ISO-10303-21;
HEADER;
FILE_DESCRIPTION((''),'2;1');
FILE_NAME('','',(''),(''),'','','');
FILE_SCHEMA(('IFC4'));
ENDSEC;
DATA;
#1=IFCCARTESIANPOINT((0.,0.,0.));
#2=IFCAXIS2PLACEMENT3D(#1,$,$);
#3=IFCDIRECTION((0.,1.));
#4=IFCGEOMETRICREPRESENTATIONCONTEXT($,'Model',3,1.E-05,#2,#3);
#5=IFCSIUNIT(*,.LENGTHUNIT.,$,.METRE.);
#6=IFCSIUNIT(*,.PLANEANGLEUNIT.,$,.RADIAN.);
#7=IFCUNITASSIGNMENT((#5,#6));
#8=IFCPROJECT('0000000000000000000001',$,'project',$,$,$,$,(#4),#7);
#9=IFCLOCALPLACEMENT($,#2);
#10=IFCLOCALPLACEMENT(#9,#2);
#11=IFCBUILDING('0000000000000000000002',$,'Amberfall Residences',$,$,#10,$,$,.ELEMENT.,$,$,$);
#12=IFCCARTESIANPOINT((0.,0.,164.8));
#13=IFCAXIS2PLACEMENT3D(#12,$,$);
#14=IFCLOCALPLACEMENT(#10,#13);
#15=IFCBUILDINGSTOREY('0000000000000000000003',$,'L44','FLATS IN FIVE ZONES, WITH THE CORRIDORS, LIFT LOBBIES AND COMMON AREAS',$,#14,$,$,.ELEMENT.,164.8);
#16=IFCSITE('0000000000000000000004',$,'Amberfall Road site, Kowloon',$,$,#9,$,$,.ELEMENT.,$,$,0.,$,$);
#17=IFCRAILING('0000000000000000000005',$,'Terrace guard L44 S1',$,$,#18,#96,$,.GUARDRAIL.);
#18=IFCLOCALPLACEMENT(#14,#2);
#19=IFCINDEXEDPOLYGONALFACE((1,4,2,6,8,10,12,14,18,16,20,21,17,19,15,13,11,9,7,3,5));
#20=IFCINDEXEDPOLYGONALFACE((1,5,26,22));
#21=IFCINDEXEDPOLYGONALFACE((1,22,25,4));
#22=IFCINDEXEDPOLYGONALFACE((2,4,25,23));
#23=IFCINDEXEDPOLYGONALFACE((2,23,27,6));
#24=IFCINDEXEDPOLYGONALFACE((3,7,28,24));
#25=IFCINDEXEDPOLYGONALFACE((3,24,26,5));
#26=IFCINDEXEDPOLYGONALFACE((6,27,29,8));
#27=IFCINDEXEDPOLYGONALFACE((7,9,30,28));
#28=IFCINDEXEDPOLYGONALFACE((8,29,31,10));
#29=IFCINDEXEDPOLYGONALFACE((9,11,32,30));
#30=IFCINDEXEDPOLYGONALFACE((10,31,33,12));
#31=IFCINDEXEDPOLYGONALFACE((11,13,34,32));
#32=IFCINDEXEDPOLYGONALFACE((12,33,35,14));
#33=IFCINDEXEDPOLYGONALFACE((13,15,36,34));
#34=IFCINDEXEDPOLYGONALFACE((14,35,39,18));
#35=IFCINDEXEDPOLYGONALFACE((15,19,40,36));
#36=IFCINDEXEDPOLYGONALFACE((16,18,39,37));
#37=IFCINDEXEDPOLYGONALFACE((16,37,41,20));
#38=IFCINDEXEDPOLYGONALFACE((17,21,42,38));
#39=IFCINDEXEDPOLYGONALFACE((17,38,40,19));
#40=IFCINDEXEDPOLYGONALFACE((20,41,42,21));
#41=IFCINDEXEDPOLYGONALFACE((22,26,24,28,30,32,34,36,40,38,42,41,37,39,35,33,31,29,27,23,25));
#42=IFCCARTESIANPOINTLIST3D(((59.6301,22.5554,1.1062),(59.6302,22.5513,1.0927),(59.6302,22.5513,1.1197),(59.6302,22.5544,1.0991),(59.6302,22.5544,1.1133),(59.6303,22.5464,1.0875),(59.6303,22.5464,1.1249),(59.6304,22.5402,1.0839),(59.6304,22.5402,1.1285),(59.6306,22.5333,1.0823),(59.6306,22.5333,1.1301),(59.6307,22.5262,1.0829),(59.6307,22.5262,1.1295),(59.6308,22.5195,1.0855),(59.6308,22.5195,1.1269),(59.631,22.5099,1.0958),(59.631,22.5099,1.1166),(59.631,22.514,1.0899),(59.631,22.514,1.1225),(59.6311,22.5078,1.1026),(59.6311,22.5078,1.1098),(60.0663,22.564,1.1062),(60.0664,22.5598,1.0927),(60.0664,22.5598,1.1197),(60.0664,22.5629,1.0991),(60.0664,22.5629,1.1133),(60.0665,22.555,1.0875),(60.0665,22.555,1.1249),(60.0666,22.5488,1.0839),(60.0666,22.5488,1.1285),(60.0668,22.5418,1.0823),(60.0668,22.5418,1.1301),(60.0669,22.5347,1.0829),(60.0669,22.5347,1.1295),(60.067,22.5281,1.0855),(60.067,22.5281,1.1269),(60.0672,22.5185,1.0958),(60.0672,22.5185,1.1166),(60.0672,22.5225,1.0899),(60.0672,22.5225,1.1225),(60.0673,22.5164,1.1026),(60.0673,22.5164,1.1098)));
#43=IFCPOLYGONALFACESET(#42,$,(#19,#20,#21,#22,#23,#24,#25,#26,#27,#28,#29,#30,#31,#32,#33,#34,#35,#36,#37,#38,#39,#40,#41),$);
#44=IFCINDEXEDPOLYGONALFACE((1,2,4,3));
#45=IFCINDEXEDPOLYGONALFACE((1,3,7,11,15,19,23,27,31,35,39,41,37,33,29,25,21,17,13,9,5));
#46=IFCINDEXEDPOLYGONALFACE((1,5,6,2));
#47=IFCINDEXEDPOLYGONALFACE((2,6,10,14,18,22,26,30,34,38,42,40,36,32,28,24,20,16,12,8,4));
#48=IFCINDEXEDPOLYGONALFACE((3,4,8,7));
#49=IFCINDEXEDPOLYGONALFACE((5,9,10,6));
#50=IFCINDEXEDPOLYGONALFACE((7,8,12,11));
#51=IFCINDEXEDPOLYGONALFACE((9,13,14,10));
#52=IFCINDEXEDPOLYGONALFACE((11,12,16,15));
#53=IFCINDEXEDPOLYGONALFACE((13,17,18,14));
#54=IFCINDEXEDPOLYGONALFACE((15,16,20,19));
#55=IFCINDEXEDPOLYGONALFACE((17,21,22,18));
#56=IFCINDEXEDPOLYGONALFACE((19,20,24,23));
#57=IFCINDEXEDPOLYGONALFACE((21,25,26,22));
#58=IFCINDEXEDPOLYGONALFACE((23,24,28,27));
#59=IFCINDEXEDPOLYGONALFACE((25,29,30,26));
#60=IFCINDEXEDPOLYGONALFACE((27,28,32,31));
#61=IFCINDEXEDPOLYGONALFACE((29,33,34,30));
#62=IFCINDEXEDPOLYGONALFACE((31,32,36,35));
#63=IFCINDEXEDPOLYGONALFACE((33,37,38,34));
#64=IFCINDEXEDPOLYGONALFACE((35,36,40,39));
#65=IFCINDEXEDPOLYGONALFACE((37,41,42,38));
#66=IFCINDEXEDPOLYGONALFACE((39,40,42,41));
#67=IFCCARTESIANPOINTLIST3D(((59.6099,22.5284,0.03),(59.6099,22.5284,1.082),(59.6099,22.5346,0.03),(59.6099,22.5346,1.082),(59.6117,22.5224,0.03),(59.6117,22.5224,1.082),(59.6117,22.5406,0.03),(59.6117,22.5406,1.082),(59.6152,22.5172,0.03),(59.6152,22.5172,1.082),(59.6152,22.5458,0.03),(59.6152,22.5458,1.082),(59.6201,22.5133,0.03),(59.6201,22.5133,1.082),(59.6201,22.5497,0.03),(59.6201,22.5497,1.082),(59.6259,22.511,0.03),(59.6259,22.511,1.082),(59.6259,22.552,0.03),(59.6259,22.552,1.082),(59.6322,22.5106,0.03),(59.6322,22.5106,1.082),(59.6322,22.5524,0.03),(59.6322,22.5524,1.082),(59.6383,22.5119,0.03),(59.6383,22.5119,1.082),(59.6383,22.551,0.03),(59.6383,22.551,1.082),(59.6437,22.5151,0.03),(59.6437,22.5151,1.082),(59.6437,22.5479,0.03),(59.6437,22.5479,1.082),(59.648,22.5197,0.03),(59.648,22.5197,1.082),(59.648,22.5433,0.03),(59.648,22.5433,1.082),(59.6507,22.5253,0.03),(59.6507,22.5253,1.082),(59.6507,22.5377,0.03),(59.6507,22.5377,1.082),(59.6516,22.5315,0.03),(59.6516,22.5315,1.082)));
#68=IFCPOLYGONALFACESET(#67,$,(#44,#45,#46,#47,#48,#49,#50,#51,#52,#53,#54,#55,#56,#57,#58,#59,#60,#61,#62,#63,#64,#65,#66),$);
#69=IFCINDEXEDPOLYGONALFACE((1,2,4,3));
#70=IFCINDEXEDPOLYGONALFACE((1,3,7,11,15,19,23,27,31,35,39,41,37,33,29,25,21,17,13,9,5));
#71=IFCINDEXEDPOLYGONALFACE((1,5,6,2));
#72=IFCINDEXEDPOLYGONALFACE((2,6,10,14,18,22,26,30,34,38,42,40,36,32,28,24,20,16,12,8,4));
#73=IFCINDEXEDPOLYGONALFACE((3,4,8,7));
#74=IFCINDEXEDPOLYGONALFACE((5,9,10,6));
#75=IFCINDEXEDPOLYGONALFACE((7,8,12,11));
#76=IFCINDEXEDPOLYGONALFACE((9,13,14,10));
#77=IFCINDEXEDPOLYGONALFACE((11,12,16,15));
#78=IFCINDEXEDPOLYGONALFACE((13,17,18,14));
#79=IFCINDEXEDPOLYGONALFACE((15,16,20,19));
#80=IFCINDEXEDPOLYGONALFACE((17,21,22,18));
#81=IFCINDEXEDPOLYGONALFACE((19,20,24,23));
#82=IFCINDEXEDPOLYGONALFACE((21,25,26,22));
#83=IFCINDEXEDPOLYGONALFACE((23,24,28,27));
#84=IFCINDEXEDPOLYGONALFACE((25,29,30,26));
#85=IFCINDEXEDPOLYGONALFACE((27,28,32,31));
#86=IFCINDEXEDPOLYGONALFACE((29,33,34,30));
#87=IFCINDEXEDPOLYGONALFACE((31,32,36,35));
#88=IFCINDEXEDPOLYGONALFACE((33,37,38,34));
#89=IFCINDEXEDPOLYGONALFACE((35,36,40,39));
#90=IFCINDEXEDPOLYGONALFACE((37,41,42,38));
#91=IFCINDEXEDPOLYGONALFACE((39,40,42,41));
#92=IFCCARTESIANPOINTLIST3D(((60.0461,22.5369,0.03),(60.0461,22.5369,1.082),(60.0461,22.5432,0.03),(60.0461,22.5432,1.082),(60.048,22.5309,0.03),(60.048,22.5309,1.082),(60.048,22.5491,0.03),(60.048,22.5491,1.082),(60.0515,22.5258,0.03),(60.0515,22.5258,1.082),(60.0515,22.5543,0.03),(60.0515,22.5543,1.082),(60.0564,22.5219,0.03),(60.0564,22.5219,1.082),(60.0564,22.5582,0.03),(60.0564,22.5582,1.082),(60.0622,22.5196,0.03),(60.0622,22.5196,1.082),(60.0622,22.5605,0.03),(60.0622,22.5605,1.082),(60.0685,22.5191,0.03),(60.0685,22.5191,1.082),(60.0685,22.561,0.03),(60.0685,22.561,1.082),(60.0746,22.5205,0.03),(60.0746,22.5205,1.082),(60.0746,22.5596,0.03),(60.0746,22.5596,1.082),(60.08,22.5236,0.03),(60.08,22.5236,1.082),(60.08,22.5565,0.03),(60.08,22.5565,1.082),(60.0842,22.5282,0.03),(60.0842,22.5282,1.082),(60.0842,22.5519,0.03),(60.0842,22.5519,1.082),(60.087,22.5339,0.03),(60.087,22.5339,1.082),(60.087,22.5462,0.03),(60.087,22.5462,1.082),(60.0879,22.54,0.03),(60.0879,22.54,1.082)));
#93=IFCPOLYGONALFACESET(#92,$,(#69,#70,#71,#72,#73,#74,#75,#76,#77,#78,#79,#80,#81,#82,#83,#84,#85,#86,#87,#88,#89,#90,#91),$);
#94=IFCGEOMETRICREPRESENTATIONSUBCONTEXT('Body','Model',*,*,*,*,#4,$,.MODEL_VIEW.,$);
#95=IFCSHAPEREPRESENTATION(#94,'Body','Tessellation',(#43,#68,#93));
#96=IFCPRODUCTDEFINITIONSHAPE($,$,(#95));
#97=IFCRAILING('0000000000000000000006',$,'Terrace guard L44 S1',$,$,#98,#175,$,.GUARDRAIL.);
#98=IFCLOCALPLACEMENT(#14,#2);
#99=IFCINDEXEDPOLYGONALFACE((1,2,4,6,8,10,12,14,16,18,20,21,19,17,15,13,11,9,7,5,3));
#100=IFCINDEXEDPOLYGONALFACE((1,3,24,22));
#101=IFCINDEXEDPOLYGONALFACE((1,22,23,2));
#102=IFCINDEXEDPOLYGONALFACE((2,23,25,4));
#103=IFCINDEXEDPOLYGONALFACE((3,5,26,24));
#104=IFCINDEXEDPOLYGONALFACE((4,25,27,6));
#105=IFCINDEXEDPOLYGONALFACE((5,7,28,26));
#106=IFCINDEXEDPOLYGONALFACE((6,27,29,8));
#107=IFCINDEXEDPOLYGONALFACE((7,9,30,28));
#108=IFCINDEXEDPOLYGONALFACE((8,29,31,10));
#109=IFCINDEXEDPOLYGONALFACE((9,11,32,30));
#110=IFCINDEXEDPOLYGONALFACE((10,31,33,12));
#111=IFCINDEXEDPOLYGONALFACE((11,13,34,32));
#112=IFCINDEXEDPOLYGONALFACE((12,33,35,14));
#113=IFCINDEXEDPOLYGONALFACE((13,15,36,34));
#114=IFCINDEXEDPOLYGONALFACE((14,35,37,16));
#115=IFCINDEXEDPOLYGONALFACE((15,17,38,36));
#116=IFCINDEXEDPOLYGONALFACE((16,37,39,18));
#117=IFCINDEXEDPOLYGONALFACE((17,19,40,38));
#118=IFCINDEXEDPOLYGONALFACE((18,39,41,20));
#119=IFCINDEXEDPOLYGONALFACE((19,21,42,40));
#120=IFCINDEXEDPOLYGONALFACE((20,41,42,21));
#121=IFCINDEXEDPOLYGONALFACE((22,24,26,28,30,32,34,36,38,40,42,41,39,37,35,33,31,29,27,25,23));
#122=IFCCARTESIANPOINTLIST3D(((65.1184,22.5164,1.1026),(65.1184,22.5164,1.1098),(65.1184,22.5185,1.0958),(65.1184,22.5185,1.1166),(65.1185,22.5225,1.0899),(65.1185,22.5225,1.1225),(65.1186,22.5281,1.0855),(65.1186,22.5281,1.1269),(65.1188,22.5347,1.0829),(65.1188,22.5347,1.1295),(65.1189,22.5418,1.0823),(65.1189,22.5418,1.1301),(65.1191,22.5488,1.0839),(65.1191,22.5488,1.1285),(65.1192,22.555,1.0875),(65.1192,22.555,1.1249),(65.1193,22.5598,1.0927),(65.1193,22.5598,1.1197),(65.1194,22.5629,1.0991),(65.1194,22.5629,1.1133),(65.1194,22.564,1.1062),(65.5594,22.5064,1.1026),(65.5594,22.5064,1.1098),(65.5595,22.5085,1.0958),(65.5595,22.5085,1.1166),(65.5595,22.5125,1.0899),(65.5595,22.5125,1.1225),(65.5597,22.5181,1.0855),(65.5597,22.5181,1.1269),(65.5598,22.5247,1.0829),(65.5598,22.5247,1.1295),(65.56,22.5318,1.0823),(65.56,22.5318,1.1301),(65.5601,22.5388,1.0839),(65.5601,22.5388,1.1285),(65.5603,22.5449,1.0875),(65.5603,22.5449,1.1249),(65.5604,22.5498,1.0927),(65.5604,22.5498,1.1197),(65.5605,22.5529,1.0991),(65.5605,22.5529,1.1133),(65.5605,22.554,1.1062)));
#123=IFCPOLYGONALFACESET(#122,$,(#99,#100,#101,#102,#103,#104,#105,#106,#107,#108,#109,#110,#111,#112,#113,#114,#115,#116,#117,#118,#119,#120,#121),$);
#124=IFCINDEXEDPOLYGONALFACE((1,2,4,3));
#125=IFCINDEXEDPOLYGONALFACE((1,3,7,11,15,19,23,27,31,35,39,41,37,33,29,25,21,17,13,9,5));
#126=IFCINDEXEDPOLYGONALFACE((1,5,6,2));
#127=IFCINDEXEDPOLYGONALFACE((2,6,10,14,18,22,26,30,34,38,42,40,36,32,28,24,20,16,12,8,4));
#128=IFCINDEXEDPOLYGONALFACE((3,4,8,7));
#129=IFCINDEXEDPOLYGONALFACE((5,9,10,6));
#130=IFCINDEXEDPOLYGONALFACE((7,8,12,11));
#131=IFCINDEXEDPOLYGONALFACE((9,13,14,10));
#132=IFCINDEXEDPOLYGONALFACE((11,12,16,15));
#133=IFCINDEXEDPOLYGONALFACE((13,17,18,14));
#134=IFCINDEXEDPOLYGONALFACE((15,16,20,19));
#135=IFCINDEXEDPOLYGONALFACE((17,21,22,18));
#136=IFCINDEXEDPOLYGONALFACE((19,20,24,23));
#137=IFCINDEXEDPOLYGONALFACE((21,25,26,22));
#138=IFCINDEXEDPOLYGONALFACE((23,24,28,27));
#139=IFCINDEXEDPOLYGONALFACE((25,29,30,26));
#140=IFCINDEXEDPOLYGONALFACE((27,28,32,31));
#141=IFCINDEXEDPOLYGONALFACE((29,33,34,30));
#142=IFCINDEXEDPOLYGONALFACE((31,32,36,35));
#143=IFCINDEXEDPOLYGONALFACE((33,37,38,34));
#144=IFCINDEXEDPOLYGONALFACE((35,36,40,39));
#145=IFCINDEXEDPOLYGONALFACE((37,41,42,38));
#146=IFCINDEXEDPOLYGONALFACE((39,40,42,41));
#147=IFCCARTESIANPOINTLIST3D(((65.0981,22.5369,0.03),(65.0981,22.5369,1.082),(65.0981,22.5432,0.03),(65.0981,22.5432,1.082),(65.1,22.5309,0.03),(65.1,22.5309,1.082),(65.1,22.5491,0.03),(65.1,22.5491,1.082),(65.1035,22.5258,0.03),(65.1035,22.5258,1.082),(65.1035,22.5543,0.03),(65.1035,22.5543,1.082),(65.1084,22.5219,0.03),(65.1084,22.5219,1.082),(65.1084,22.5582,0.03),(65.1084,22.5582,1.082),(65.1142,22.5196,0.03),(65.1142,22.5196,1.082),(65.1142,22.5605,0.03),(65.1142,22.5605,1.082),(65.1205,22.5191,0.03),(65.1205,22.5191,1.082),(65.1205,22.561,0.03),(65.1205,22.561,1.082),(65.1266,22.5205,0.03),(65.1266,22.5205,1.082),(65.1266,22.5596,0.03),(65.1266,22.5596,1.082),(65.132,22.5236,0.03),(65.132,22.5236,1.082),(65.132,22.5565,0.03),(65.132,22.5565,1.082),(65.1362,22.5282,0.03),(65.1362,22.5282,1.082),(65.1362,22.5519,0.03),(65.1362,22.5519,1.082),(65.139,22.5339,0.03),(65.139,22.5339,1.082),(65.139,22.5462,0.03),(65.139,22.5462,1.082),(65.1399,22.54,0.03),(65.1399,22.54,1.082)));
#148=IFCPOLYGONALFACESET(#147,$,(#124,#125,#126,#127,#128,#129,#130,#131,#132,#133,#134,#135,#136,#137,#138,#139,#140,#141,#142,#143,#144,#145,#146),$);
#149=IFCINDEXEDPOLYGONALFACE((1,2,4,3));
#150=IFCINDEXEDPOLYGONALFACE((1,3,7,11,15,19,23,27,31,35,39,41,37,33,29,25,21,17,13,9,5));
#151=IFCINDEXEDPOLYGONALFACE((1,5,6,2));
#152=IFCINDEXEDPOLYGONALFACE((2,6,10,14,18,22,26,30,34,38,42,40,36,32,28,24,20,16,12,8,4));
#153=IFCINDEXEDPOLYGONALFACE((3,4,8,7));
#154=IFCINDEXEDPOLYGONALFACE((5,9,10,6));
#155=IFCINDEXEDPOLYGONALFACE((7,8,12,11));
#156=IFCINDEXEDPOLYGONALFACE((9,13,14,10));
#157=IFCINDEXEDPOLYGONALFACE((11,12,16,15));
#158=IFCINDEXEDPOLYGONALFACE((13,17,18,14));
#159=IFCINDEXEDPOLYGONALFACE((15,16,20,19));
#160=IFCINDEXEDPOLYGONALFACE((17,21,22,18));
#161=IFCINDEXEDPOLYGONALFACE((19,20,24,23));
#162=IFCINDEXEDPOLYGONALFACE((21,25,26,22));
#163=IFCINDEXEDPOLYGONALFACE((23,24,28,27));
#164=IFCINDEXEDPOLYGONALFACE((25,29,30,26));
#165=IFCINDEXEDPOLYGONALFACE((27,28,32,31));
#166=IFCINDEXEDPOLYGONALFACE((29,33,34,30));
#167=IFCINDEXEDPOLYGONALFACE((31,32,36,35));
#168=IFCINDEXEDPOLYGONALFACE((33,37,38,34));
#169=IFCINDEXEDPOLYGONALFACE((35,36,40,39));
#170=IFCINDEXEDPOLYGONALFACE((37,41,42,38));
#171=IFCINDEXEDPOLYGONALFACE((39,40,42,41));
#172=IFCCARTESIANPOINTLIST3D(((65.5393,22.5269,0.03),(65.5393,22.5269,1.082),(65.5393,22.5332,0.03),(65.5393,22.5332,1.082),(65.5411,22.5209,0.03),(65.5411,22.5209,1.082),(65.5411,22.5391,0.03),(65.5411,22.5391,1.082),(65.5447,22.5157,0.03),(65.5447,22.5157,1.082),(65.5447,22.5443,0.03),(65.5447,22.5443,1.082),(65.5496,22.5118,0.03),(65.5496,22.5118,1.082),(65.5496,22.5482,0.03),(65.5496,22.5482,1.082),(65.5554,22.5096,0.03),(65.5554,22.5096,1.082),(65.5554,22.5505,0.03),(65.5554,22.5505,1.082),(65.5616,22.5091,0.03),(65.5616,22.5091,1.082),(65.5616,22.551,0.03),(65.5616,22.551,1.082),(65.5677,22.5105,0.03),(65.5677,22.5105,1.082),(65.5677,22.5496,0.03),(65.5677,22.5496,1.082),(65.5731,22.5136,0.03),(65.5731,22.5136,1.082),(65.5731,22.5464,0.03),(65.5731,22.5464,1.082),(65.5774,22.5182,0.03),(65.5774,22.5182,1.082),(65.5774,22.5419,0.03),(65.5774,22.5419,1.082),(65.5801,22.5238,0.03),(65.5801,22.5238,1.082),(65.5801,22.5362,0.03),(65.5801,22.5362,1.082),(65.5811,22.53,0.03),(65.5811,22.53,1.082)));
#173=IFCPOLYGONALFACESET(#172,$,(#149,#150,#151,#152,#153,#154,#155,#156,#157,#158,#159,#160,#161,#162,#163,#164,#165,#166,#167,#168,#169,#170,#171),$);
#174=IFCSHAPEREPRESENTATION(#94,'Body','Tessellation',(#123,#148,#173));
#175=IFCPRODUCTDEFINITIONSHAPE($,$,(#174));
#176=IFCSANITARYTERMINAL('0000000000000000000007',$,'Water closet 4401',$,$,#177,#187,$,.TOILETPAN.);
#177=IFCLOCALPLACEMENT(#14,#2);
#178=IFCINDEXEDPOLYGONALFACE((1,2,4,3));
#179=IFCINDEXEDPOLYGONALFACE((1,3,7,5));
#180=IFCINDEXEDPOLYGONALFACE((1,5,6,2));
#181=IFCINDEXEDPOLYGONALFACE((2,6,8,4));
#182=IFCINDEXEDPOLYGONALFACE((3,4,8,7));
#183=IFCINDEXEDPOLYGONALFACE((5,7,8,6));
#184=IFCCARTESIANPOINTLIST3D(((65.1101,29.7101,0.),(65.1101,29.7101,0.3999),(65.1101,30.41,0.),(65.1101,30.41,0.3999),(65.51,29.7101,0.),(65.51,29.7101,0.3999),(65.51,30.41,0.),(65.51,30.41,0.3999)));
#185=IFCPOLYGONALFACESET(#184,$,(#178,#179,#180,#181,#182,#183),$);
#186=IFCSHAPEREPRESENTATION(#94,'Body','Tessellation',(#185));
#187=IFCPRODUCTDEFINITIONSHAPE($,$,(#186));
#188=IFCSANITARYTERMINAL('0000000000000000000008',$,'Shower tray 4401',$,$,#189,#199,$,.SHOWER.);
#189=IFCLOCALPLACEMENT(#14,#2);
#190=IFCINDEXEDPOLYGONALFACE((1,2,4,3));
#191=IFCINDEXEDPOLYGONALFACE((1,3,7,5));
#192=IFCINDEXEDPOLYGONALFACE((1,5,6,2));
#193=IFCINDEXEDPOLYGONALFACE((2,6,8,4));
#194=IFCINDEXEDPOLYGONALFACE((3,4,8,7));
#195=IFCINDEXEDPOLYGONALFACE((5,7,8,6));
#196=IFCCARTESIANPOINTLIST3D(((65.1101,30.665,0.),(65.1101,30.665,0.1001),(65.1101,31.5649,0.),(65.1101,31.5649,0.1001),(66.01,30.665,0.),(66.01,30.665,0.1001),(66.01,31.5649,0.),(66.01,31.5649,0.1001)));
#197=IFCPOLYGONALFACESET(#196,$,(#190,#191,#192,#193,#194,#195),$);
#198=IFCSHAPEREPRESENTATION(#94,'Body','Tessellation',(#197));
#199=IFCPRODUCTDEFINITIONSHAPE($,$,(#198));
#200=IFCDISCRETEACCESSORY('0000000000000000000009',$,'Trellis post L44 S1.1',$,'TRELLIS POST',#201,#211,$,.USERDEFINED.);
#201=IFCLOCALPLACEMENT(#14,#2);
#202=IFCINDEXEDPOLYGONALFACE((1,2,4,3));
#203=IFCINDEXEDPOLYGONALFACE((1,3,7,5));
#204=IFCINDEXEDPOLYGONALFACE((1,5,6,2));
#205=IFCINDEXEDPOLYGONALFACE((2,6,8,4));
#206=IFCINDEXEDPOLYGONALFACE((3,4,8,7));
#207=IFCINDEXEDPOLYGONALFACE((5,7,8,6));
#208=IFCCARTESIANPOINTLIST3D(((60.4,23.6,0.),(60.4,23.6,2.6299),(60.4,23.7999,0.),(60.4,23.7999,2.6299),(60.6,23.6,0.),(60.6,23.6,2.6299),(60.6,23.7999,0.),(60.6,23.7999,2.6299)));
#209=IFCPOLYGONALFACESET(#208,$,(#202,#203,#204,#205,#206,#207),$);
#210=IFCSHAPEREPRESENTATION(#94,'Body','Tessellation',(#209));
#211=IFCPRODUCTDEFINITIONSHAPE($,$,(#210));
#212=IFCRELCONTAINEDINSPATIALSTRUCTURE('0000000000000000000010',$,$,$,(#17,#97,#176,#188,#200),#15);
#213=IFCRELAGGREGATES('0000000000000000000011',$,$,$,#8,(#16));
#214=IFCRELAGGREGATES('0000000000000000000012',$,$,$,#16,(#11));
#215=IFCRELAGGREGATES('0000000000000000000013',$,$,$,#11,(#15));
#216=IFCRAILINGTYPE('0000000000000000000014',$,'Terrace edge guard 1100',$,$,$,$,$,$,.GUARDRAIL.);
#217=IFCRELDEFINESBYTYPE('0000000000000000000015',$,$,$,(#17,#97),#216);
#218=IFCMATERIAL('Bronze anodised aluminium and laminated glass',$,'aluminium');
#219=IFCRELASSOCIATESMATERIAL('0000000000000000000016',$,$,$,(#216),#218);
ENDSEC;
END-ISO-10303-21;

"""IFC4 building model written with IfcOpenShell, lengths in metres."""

from ifc_helpers import new_model, si_unit, direction, frame, origin, origin_2d, place, context, subcontext, project, spatial, rectangle, circle, extrude, material, type_object, element, save


model = new_model("IFC4")

# Units and contexts
model_context = context("Model", 3, precision=1e-05, world=origin(), true_north=direction((0.0, 1.0)))
body_context = subcontext(model_context, "Body", "Model", "MODEL_VIEW")
ifc_project = project(units=[si_unit("LENGTHUNIT", "METRE"), si_unit("PLANEANGLEUNIT", "RADIAN")], contexts=[model_context])

# Site, building, storey
site_placement = place(None, origin())
site = spatial("IfcSite", under=ifc_project, at=site_placement, Name="Amberfall Road site, Kowloon", CompositionType="ELEMENT", RefElevation=0.0)
building_placement = place(site_placement, origin())
building = spatial("IfcBuilding", under=site, at=building_placement, Name="Amberfall Residences", CompositionType="ELEMENT")
storey_placement = place(building_placement, frame((0.0, 0.0, 164.8)))
storey = spatial("IfcBuildingStorey", under=building, at=storey_placement, Name="L44", Description="FLATS IN FIVE ZONES, WITH THE CORRIDORS, LIFT LOBBIES AND COMMON AREAS", CompositionType="ELEMENT", Elevation=164.8)

# Railings
ifc_material_1 = material(Name="Bronze anodised aluminium and laminated glass", Category="aluminium")
railing_type = type_object("IfcRailingType", Name="Terrace edge guard 1100", PredefinedType="GUARDRAIL", material=ifc_material_1)
railing_1_placement = place(storey_placement, frame((59.6306, 22.5315, 0.03)))
element("IfcRailing", 1, at=railing_1_placement, inside=storey, type_object=railing_type, Name="Terrace guard L44 S1", PredefinedType="GUARDRAIL", context=body_context, shape_type="SweptSolid", body=[
    extrude(circle(Radius=0.0239, at=origin_2d()), frame((0.0, 0.0, 1.0762), z_axis=(0.999808, 0.019582, 0.0), x_axis=(-0.019582, 0.999808, 0.0)), (0.0, 0.0, 1.0), 0.4363),
    extrude(circle(Radius=0.021, at=origin_2d()), origin(), (0.0, 0.0, 1.0), 1.052),
    extrude(circle(Radius=0.021, at=origin_2d()), frame((0.4363, 0.0085, 0.0)), (0.0, 0.0, 1.0), 1.052),
])
railing_2_placement = place(storey_placement, frame((65.1189, 22.54, 0.03)))
element("IfcRailing", 2, at=railing_2_placement, inside=storey, type_object=railing_type, Name="Terrace guard L44 S1", PredefinedType="GUARDRAIL", context=body_context, shape_type="SweptSolid", body=[
    extrude(circle(Radius=0.0239, at=origin_2d()), frame((0.0, 0.0, 1.0762), z_axis=(0.999743, -0.022684, 0.0), x_axis=(0.022684, 0.999743, 0.0)), (0.0, 0.0, 1.0), 0.4412),
    extrude(circle(Radius=0.021, at=origin_2d()), origin(), (0.0, 0.0, 1.0), 1.052),
    extrude(circle(Radius=0.021, at=origin_2d()), frame((0.4412, -0.01, 0.0)), (0.0, 0.0, 1.0), 1.052),
])

# Sanitary terminals
sanitary_terminal_1_placement = place(storey_placement, frame((65.3101, 30.0601, 0.0), z_axis=(0.0, 0.0, 1.0), x_axis=(1.0, 0.0, 0.0)))
element("IfcSanitaryTerminal", 3, at=sanitary_terminal_1_placement, inside=storey, Name="Water closet 4401", PredefinedType="TOILETPAN", context=body_context, shape_type="SweptSolid", body=[
    extrude(rectangle(XDim=0.3999, YDim=0.7, at=origin_2d()), origin(), (0.0, 0.0, 1.0), 0.3999),
])
sanitary_terminal_2_placement = place(storey_placement, frame((65.5601, 31.115, 0.0), z_axis=(0.0, 0.0, 1.0), x_axis=(1.0, 0.0, 0.0)))
element("IfcSanitaryTerminal", 4, at=sanitary_terminal_2_placement, inside=storey, Name="Shower tray 4401", PredefinedType="SHOWER", context=body_context, shape_type="SweptSolid", body=[
    extrude(rectangle(XDim=0.8999, YDim=0.8999, at=origin_2d()), origin(), (0.0, 0.0, 1.0), 0.1001),
])

# Discrete accessory
for number, where, z_axis, x_axis, name in (
    (5, (60.5, 23.7, 0.0), (0.0, 0.0, 1.0), (1.0, 0.0, 0.0), "Trellis post L44 S1.1"),
):
    element("IfcDiscreteAccessory", number, at=place(storey_placement, frame(where, z_axis=z_axis, x_axis=x_axis)), inside=storey, Name=name, ObjectType="TRELLIS POST", PredefinedType="USERDEFINED", context=body_context, shape_type="SweptSolid", body=[
        extrude(rectangle(XDim=0.2, YDim=0.2, at=origin_2d()), origin(), (0.0, 0.0, 1.0), 2.6299),
    ])

save(model, "model.ifc")
